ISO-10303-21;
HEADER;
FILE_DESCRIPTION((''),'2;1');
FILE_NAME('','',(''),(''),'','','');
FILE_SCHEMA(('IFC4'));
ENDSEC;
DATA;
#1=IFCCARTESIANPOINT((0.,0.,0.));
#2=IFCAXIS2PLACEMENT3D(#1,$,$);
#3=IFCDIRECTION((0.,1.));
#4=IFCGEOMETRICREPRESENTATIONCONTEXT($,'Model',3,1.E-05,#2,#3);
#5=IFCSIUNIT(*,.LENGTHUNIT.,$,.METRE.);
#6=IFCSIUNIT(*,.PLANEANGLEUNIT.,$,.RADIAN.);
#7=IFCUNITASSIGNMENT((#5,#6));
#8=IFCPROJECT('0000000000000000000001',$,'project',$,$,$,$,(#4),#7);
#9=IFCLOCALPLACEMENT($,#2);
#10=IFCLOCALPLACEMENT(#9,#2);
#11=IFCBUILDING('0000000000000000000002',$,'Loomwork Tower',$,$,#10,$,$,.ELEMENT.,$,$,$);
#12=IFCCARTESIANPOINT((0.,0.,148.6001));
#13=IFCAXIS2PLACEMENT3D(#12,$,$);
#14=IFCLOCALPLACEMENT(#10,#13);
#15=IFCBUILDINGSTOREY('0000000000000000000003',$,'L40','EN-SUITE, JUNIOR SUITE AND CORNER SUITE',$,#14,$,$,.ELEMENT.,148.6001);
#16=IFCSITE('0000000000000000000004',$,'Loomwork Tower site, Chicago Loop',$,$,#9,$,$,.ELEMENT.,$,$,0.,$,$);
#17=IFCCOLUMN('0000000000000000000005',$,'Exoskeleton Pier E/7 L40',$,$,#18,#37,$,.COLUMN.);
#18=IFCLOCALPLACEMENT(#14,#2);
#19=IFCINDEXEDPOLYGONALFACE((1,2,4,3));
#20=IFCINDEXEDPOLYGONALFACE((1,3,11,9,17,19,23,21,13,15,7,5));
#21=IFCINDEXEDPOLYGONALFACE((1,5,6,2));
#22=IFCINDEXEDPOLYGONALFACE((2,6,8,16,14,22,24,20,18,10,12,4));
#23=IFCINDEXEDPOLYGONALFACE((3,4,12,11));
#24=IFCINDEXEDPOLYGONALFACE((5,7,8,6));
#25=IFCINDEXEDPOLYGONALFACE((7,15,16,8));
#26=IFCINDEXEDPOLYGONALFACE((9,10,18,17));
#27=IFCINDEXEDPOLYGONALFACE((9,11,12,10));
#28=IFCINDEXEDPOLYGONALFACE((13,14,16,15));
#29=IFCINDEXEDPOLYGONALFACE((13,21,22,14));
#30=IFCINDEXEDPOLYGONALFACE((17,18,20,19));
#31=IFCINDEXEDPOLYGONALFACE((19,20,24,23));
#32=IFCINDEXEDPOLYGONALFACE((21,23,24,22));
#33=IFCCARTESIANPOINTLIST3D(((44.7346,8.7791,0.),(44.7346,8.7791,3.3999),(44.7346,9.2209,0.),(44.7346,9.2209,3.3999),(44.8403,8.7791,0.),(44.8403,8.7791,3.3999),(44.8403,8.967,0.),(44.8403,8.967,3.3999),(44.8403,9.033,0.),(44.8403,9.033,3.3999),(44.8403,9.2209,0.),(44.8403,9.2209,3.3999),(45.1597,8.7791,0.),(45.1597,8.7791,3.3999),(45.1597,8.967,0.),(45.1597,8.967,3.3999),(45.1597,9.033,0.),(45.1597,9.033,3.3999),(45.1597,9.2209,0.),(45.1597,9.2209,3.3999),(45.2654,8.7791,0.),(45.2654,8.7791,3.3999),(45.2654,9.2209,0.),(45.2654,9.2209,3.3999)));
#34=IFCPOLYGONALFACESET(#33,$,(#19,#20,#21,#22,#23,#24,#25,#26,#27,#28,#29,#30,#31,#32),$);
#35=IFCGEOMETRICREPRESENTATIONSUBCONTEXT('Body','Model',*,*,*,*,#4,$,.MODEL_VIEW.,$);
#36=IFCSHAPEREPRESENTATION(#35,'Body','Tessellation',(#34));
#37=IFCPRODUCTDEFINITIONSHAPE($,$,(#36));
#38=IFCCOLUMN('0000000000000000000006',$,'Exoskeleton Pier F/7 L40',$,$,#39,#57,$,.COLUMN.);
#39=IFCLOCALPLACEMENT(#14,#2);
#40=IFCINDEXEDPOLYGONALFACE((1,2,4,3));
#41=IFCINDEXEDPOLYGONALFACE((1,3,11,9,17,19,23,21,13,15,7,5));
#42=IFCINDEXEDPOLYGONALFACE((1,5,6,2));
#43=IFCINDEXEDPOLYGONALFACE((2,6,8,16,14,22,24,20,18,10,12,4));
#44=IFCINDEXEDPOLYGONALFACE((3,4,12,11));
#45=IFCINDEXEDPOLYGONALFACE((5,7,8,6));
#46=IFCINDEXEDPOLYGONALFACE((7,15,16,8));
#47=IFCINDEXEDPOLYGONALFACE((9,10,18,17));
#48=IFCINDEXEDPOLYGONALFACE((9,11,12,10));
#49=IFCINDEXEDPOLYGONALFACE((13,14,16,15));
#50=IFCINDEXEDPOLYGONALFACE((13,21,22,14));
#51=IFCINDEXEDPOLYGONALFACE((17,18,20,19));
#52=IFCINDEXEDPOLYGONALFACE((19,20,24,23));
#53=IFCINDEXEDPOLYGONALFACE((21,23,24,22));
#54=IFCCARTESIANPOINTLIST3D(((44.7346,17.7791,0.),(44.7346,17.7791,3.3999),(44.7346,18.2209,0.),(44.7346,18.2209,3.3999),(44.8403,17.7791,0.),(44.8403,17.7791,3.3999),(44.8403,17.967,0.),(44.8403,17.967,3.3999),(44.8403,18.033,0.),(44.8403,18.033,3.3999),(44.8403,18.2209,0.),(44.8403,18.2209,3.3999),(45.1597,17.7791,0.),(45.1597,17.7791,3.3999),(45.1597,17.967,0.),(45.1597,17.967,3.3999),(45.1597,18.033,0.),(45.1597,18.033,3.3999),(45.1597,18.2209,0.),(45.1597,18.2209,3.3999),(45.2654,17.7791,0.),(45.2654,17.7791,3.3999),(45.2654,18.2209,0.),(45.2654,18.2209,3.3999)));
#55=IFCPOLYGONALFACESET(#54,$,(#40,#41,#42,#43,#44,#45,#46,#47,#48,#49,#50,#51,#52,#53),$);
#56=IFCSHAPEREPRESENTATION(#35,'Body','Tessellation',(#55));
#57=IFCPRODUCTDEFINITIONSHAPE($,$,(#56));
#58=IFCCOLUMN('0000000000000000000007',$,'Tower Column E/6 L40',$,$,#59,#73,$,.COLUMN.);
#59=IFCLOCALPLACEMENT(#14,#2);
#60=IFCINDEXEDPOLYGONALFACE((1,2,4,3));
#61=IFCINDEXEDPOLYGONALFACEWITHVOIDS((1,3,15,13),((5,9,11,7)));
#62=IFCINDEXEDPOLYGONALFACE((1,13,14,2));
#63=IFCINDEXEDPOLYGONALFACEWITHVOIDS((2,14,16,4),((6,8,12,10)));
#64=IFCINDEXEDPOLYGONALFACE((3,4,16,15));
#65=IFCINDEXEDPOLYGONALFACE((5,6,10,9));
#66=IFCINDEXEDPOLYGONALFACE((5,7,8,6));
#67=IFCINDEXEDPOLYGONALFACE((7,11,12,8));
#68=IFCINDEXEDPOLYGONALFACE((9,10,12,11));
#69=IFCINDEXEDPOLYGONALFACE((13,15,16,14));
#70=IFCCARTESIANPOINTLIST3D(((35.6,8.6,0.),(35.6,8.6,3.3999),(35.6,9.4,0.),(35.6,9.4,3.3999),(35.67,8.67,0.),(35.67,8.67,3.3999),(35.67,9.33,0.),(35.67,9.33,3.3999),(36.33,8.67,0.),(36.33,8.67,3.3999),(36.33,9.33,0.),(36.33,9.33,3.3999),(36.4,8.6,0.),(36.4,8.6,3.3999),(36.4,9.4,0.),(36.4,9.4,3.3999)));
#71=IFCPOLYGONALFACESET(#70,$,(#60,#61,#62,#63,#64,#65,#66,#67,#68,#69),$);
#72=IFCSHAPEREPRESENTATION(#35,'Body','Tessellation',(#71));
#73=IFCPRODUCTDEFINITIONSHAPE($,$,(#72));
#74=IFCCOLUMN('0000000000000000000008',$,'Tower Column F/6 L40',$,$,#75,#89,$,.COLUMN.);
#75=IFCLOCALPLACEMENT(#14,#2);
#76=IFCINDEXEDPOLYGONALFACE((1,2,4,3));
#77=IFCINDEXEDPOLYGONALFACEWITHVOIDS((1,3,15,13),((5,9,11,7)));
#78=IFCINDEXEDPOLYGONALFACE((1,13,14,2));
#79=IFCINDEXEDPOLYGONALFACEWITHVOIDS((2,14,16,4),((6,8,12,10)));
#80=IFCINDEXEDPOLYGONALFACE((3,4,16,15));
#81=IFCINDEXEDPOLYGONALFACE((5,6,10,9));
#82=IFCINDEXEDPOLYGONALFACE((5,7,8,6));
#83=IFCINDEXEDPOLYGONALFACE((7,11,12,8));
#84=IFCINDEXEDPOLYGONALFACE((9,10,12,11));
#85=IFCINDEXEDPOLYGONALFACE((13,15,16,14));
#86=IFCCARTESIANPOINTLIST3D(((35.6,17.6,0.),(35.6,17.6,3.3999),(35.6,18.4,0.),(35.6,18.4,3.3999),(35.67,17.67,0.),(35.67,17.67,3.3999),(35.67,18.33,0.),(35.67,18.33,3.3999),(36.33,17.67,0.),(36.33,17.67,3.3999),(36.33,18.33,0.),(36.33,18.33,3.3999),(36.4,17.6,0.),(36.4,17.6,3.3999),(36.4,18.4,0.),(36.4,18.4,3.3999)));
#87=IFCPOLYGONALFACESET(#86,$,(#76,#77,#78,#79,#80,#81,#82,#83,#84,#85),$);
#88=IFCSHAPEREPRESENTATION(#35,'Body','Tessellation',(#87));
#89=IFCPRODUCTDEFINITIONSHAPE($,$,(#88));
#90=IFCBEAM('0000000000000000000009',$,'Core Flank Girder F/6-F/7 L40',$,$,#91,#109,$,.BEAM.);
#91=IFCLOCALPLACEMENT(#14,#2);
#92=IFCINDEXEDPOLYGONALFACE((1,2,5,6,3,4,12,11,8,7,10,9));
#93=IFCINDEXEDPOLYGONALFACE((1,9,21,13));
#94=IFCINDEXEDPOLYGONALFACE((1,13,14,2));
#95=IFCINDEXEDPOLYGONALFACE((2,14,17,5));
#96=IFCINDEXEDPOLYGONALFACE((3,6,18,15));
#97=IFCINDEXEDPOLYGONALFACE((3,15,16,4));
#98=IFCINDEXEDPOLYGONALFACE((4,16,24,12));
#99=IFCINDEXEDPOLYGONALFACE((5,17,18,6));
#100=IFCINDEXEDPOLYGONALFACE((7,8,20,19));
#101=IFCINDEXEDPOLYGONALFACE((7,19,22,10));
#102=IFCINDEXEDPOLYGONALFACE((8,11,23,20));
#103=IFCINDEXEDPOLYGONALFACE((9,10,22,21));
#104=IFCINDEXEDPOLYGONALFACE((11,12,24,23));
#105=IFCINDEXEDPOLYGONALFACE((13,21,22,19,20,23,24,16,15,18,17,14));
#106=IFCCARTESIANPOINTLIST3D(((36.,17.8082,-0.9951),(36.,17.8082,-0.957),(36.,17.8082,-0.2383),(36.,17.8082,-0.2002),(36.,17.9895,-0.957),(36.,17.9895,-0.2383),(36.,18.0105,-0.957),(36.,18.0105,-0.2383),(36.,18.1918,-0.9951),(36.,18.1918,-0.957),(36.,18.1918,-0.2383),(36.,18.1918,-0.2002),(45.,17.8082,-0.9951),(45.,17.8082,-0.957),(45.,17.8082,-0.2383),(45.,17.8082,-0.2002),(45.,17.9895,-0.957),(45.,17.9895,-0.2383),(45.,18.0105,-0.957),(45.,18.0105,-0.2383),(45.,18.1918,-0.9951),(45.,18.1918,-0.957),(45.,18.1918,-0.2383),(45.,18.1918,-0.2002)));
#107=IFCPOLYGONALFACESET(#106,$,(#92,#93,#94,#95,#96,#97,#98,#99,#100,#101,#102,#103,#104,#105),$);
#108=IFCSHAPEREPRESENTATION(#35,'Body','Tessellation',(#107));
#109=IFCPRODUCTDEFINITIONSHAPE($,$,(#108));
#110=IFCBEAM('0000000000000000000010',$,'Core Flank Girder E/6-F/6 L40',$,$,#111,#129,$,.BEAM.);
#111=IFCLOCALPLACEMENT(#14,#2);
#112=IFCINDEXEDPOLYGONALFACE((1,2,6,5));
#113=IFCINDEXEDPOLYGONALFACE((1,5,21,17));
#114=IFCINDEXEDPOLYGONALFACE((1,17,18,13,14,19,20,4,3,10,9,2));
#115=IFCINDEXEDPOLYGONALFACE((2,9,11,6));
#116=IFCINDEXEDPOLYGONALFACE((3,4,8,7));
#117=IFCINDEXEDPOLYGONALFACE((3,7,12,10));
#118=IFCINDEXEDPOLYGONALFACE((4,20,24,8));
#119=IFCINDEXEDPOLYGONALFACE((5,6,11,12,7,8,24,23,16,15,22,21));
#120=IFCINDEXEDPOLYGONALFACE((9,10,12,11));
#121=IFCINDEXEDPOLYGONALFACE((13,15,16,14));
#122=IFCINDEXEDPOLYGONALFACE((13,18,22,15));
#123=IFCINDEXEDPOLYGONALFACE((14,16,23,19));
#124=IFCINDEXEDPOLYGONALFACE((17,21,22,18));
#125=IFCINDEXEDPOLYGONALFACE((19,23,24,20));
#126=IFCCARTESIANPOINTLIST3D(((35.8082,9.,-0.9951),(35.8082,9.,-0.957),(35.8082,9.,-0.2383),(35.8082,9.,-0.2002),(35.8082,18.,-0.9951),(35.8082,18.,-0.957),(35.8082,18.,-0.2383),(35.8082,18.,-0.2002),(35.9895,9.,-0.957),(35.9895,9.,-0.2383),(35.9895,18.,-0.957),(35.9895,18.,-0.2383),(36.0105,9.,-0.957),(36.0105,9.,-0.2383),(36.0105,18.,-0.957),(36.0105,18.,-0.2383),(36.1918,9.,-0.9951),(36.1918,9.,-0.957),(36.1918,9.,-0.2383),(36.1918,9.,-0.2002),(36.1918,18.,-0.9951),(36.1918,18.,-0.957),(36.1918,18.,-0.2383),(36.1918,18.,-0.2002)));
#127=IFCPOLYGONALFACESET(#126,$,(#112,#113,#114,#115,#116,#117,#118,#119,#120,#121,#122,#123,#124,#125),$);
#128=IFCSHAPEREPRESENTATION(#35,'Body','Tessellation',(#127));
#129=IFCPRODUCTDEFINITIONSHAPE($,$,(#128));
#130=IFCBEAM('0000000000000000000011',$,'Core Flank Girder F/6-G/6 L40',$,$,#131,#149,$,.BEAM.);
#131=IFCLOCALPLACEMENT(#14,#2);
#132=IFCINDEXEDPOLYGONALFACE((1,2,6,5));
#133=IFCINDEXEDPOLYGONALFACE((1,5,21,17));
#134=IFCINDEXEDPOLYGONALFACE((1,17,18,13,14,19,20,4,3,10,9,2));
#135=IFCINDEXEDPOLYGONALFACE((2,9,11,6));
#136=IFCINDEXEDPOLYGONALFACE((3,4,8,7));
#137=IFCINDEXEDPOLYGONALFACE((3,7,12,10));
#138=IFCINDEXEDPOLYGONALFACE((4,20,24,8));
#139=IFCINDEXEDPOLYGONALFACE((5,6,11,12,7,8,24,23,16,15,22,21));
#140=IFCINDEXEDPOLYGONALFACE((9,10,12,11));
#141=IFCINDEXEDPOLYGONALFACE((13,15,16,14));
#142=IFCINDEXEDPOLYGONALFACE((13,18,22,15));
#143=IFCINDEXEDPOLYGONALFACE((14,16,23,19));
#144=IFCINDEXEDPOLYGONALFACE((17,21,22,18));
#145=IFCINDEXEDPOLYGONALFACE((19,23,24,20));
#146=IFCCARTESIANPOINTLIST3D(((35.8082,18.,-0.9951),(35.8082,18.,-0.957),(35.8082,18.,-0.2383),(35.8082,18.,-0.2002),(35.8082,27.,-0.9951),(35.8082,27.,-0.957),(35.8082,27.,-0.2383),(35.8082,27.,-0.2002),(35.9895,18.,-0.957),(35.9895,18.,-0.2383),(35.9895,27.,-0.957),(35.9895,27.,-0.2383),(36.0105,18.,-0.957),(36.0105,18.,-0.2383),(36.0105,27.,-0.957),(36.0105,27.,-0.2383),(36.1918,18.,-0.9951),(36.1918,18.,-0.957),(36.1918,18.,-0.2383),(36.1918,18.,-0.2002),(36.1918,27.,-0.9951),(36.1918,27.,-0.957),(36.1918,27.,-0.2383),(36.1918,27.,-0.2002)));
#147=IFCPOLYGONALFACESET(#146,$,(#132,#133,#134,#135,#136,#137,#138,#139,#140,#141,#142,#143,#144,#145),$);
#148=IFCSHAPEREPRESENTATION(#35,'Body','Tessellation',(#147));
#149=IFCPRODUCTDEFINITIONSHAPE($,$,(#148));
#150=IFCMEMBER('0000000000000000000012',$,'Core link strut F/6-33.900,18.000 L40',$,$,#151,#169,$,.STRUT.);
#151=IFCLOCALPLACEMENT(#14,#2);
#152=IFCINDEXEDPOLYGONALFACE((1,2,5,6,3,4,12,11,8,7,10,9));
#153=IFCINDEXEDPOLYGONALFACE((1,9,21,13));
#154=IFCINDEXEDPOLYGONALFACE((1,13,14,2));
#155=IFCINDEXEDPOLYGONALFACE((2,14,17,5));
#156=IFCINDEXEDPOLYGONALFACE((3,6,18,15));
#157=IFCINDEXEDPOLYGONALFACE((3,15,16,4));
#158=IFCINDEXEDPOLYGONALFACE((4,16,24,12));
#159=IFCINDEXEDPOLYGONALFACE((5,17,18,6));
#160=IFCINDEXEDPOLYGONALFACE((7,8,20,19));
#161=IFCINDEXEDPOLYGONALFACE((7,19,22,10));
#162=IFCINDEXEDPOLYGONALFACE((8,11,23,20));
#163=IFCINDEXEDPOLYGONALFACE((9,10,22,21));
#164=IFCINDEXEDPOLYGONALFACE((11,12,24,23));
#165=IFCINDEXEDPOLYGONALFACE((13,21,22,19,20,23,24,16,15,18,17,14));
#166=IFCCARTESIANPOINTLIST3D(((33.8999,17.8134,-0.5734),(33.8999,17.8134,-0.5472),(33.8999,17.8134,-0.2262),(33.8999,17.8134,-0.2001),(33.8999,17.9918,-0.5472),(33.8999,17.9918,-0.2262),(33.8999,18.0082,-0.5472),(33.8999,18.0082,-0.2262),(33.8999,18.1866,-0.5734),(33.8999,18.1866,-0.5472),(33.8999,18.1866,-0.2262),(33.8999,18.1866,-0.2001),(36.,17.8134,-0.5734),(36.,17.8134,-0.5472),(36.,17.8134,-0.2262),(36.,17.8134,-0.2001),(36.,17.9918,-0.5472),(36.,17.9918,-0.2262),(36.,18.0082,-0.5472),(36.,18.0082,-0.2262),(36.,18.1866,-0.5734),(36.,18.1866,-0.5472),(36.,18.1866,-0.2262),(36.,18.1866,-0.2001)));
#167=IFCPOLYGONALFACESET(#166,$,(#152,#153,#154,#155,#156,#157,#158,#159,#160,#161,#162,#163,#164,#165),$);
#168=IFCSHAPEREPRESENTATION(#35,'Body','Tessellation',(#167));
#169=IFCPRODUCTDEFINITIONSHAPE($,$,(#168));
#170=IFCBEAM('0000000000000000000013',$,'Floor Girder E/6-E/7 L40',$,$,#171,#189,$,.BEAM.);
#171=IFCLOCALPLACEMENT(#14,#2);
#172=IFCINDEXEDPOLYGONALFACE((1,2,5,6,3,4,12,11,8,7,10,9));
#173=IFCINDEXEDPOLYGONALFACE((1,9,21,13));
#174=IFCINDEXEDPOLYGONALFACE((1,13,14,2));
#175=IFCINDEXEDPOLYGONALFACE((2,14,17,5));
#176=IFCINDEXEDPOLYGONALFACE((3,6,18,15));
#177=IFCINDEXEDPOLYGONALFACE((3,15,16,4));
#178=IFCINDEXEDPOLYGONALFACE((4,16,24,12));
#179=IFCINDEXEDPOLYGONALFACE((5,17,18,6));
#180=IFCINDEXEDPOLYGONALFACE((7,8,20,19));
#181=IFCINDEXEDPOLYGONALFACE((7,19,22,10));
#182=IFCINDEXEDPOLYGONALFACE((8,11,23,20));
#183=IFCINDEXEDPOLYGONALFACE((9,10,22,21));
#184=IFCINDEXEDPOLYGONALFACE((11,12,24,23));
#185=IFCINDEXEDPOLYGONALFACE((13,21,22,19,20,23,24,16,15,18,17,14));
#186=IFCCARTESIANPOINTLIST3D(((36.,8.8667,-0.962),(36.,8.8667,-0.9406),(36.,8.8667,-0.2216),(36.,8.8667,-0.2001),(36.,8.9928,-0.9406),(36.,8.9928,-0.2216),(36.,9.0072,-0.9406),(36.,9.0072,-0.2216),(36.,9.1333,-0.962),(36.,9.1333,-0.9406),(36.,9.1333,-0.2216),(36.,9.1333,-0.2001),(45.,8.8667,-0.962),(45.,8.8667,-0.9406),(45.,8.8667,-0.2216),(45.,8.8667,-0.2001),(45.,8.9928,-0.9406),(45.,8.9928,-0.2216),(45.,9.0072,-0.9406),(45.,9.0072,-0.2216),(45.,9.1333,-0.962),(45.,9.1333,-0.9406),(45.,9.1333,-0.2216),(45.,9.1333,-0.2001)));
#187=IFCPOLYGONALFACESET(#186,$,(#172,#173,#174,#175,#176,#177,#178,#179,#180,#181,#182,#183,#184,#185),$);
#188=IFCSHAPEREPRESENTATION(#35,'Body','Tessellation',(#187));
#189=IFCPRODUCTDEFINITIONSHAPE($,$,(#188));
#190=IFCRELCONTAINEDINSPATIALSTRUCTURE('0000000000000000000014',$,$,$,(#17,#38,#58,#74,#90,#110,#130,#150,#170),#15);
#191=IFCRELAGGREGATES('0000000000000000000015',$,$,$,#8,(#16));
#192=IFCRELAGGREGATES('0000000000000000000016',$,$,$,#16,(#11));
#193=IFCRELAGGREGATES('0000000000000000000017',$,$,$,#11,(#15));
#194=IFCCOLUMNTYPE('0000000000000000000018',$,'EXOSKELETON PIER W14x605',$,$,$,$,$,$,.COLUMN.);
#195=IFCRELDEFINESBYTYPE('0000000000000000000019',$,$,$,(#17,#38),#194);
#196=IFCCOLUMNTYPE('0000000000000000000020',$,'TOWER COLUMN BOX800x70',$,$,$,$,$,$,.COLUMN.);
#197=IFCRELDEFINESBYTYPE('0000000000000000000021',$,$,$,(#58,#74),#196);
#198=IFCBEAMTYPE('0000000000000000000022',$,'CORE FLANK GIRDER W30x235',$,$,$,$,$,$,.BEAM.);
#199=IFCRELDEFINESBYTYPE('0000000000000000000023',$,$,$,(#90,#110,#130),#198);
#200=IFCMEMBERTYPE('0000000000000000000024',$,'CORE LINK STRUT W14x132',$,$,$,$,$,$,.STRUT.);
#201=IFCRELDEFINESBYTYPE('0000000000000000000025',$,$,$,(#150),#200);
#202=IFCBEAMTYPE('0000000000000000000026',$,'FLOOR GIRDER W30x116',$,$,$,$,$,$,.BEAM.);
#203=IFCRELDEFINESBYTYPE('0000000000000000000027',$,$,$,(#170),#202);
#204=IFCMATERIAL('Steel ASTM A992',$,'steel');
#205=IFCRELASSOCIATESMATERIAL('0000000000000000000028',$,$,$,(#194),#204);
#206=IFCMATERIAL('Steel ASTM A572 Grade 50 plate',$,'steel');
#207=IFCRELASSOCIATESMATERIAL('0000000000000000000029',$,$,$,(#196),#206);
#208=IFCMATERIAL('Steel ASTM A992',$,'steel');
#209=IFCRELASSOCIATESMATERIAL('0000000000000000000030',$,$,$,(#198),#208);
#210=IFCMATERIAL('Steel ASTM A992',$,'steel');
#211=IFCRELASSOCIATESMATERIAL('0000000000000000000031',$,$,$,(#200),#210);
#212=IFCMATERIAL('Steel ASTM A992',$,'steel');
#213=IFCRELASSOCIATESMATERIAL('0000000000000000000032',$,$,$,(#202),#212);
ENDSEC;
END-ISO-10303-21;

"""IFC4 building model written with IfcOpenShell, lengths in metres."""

from ifc_helpers import new_model, si_unit, direction, frame, origin, origin_2d, place, context, subcontext, project, spatial, hollow_rectangle, i_section, extrude, material, material_profile, profile_set, type_object, element, save


model = new_model("IFC4")

# Units and contexts
model_context = context("Model", 3, precision=1e-05, world=origin(), true_north=direction((0.0, 1.0)))
body_context = subcontext(model_context, "Body", "Model", "MODEL_VIEW")
ifc_project = project(units=[si_unit("LENGTHUNIT", "METRE"), si_unit("PLANEANGLEUNIT", "RADIAN")], contexts=[model_context])

# Site, building, storey
site_placement = place(None, origin())
site = spatial("IfcSite", under=ifc_project, at=site_placement, Name="Loomwork Tower site, Chicago Loop", CompositionType="ELEMENT", RefElevation=0.0)
building_placement = place(site_placement, origin())
building = spatial("IfcBuilding", under=site, at=building_placement, Name="Loomwork Tower", CompositionType="ELEMENT")
storey_placement = place(building_placement, frame((0.0, 0.0, 148.6001)))
storey = spatial("IfcBuildingStorey", under=building, at=storey_placement, Name="L40", Description="EN-SUITE, JUNIOR SUITE AND CORNER SUITE", CompositionType="ELEMENT", Elevation=148.6001)

# Columns
ifc_material_1 = material(Name="Steel ASTM A992", Category="steel")
ifc_material_profile_1 = material_profile(ifc_material_1, i_section(OverallWidth=0.4419, OverallDepth=0.5308, WebThickness=0.0659, FlangeThickness=0.1057, at=origin_2d()), Name="W14x605")
ifc_profile_set_1 = profile_set([ifc_material_profile_1], Name="Steel ASTM A992")
column_type_1 = type_object("IfcColumnType", Name="EXOSKELETON PIER W14x605", PredefinedType="COLUMN", material=ifc_profile_set_1)
for number, where, z_axis, x_axis, name in (
    (1, (45.0, 9.0, 0.0), (0.0, 0.0, 1.0), (0.0, 1.0, 0.0), "Exoskeleton Pier E/7 L40"),
    (2, (45.0, 18.0, 0.0), (0.0, 0.0, 1.0), (0.0, 1.0, 0.0), "Exoskeleton Pier F/7 L40"),
):
    element("IfcColumn", number, at=place(storey_placement, frame(where, z_axis=z_axis, x_axis=x_axis)), inside=storey, type_object=column_type_1, Name=name, PredefinedType="COLUMN", context=body_context, shape_type="SweptSolid", body=[
        extrude(i_section(OverallWidth=0.4419, OverallDepth=0.5308, WebThickness=0.0659, FlangeThickness=0.1057, at=origin_2d()), origin(), (0.0, 0.0, 1.0), 3.3999),
    ])
ifc_material_2 = material(Name="Steel ASTM A572 Grade 50 plate", Category="steel")
ifc_material_profile_2 = material_profile(ifc_material_2, hollow_rectangle(XDim=0.8, YDim=0.8, WallThickness=0.0701, at=origin_2d()), Name="BOX800x70")
ifc_profile_set_2 = profile_set([ifc_material_profile_2], Name="Steel ASTM A572 Grade 50 plate")
column_type_2 = type_object("IfcColumnType", Name="TOWER COLUMN BOX800x70", PredefinedType="COLUMN", material=ifc_profile_set_2)
for number, where, z_axis, x_axis, name in (
    (3, (36.0, 9.0, 0.0), (0.0, 0.0, 1.0), (0.0, 1.0, 0.0), "Tower Column E/6 L40"),
    (4, (36.0, 18.0, 0.0), (0.0, 0.0, 1.0), (0.0, 1.0, 0.0), "Tower Column F/6 L40"),
):
    element("IfcColumn", number, at=place(storey_placement, frame(where, z_axis=z_axis, x_axis=x_axis)), inside=storey, type_object=column_type_2, Name=name, PredefinedType="COLUMN", context=body_context, shape_type="SweptSolid", body=[
        extrude(hollow_rectangle(XDim=0.8, YDim=0.8, WallThickness=0.0701, at=origin_2d()), origin(), (0.0, 0.0, 1.0), 3.3999),
    ])

# Beams
ifc_material_3 = material(Name="Steel ASTM A992", Category="steel")
ifc_material_profile_3 = material_profile(ifc_material_3, i_section(OverallWidth=0.3835, OverallDepth=0.7949, WebThickness=0.021, FlangeThickness=0.0381, at=origin_2d()), Name="W30x235")
ifc_profile_set_3 = profile_set([ifc_material_profile_3], Name="Steel ASTM A992")
beam_type_1 = type_object("IfcBeamType", Name="CORE FLANK GIRDER W30x235", PredefinedType="BEAM", material=ifc_profile_set_3)
for number, where, z_axis, x_axis, name in (
    (5, (36.0, 18.0, -0.5977), (1.0, 0.0, 0.0), (0.0, 1.0, 0.0), "Core Flank Girder F/6-F/7 L40"),
    (6, (36.0, 9.0, -0.5977), (0.0, 1.0, 0.0), (-1.0, 0.0, 0.0), "Core Flank Girder E/6-F/6 L40"),
    (7, (36.0, 18.0, -0.5977), (0.0, 1.0, 0.0), (-1.0, 0.0, 0.0), "Core Flank Girder F/6-G/6 L40"),
):
    element("IfcBeam", number, at=place(storey_placement, frame(where, z_axis=z_axis, x_axis=x_axis)), inside=storey, type_object=beam_type_1, Name=name, PredefinedType="BEAM", context=body_context, shape_type="SweptSolid", body=[
        extrude(i_section(OverallWidth=0.3835, OverallDepth=0.7949, WebThickness=0.021, FlangeThickness=0.0381, at=origin_2d()), origin(), (0.0, 0.0, 1.0), 9.0),
    ])

# Member
ifc_material_4 = material(Name="Steel ASTM A992", Category="steel")
ifc_material_profile_4 = material_profile(ifc_material_4, i_section(OverallWidth=0.3733, OverallDepth=0.3733, WebThickness=0.0164, FlangeThickness=0.0261, at=origin_2d()), Name="W14x132")
ifc_profile_set_4 = profile_set([ifc_material_profile_4], Name="Steel ASTM A992")
member_type_1 = type_object("IfcMemberType", Name="CORE LINK STRUT W14x132", PredefinedType="STRUT", material=ifc_profile_set_4)
member_1_placement = place(storey_placement, frame((36.0, 18.0, -0.3867), z_axis=(-1.0, 0.0, 0.0), x_axis=(0.0, -1.0, 0.0)))
element("IfcMember", 8, at=member_1_placement, inside=storey, type_object=member_type_1, Name="Core link strut F/6-33.900,18.000 L40", PredefinedType="STRUT", context=body_context, shape_type="SweptSolid", body=[
    extrude(i_section(OverallWidth=0.3733, OverallDepth=0.3733, WebThickness=0.0164, FlangeThickness=0.0261, at=origin_2d()), origin(), (0.0, 0.0, 1.0), 2.1001),
])

# Beam
ifc_material_5 = material(Name="Steel ASTM A992", Category="steel")
ifc_material_profile_5 = material_profile(ifc_material_5, i_section(OverallWidth=0.2666, OverallDepth=0.762, WebThickness=0.0144, FlangeThickness=0.0215, at=origin_2d()), Name="W30x116")
ifc_profile_set_5 = profile_set([ifc_material_profile_5], Name="Steel ASTM A992")
beam_type_2 = type_object("IfcBeamType", Name="FLOOR GIRDER W30x116", PredefinedType="BEAM", material=ifc_profile_set_5)
beam_1_placement = place(storey_placement, frame((36.0, 9.0, -0.5811), z_axis=(1.0, 0.0, 0.0), x_axis=(0.0, 1.0, 0.0)))
element("IfcBeam", 9, at=beam_1_placement, inside=storey, type_object=beam_type_2, Name="Floor Girder E/6-E/7 L40", PredefinedType="BEAM", context=body_context, shape_type="SweptSolid", body=[
    extrude(i_section(OverallWidth=0.2666, OverallDepth=0.762, WebThickness=0.0144, FlangeThickness=0.0215, at=origin_2d()), origin(), (0.0, 0.0, 1.0), 9.0),
])

save(model, "model.ifc")
